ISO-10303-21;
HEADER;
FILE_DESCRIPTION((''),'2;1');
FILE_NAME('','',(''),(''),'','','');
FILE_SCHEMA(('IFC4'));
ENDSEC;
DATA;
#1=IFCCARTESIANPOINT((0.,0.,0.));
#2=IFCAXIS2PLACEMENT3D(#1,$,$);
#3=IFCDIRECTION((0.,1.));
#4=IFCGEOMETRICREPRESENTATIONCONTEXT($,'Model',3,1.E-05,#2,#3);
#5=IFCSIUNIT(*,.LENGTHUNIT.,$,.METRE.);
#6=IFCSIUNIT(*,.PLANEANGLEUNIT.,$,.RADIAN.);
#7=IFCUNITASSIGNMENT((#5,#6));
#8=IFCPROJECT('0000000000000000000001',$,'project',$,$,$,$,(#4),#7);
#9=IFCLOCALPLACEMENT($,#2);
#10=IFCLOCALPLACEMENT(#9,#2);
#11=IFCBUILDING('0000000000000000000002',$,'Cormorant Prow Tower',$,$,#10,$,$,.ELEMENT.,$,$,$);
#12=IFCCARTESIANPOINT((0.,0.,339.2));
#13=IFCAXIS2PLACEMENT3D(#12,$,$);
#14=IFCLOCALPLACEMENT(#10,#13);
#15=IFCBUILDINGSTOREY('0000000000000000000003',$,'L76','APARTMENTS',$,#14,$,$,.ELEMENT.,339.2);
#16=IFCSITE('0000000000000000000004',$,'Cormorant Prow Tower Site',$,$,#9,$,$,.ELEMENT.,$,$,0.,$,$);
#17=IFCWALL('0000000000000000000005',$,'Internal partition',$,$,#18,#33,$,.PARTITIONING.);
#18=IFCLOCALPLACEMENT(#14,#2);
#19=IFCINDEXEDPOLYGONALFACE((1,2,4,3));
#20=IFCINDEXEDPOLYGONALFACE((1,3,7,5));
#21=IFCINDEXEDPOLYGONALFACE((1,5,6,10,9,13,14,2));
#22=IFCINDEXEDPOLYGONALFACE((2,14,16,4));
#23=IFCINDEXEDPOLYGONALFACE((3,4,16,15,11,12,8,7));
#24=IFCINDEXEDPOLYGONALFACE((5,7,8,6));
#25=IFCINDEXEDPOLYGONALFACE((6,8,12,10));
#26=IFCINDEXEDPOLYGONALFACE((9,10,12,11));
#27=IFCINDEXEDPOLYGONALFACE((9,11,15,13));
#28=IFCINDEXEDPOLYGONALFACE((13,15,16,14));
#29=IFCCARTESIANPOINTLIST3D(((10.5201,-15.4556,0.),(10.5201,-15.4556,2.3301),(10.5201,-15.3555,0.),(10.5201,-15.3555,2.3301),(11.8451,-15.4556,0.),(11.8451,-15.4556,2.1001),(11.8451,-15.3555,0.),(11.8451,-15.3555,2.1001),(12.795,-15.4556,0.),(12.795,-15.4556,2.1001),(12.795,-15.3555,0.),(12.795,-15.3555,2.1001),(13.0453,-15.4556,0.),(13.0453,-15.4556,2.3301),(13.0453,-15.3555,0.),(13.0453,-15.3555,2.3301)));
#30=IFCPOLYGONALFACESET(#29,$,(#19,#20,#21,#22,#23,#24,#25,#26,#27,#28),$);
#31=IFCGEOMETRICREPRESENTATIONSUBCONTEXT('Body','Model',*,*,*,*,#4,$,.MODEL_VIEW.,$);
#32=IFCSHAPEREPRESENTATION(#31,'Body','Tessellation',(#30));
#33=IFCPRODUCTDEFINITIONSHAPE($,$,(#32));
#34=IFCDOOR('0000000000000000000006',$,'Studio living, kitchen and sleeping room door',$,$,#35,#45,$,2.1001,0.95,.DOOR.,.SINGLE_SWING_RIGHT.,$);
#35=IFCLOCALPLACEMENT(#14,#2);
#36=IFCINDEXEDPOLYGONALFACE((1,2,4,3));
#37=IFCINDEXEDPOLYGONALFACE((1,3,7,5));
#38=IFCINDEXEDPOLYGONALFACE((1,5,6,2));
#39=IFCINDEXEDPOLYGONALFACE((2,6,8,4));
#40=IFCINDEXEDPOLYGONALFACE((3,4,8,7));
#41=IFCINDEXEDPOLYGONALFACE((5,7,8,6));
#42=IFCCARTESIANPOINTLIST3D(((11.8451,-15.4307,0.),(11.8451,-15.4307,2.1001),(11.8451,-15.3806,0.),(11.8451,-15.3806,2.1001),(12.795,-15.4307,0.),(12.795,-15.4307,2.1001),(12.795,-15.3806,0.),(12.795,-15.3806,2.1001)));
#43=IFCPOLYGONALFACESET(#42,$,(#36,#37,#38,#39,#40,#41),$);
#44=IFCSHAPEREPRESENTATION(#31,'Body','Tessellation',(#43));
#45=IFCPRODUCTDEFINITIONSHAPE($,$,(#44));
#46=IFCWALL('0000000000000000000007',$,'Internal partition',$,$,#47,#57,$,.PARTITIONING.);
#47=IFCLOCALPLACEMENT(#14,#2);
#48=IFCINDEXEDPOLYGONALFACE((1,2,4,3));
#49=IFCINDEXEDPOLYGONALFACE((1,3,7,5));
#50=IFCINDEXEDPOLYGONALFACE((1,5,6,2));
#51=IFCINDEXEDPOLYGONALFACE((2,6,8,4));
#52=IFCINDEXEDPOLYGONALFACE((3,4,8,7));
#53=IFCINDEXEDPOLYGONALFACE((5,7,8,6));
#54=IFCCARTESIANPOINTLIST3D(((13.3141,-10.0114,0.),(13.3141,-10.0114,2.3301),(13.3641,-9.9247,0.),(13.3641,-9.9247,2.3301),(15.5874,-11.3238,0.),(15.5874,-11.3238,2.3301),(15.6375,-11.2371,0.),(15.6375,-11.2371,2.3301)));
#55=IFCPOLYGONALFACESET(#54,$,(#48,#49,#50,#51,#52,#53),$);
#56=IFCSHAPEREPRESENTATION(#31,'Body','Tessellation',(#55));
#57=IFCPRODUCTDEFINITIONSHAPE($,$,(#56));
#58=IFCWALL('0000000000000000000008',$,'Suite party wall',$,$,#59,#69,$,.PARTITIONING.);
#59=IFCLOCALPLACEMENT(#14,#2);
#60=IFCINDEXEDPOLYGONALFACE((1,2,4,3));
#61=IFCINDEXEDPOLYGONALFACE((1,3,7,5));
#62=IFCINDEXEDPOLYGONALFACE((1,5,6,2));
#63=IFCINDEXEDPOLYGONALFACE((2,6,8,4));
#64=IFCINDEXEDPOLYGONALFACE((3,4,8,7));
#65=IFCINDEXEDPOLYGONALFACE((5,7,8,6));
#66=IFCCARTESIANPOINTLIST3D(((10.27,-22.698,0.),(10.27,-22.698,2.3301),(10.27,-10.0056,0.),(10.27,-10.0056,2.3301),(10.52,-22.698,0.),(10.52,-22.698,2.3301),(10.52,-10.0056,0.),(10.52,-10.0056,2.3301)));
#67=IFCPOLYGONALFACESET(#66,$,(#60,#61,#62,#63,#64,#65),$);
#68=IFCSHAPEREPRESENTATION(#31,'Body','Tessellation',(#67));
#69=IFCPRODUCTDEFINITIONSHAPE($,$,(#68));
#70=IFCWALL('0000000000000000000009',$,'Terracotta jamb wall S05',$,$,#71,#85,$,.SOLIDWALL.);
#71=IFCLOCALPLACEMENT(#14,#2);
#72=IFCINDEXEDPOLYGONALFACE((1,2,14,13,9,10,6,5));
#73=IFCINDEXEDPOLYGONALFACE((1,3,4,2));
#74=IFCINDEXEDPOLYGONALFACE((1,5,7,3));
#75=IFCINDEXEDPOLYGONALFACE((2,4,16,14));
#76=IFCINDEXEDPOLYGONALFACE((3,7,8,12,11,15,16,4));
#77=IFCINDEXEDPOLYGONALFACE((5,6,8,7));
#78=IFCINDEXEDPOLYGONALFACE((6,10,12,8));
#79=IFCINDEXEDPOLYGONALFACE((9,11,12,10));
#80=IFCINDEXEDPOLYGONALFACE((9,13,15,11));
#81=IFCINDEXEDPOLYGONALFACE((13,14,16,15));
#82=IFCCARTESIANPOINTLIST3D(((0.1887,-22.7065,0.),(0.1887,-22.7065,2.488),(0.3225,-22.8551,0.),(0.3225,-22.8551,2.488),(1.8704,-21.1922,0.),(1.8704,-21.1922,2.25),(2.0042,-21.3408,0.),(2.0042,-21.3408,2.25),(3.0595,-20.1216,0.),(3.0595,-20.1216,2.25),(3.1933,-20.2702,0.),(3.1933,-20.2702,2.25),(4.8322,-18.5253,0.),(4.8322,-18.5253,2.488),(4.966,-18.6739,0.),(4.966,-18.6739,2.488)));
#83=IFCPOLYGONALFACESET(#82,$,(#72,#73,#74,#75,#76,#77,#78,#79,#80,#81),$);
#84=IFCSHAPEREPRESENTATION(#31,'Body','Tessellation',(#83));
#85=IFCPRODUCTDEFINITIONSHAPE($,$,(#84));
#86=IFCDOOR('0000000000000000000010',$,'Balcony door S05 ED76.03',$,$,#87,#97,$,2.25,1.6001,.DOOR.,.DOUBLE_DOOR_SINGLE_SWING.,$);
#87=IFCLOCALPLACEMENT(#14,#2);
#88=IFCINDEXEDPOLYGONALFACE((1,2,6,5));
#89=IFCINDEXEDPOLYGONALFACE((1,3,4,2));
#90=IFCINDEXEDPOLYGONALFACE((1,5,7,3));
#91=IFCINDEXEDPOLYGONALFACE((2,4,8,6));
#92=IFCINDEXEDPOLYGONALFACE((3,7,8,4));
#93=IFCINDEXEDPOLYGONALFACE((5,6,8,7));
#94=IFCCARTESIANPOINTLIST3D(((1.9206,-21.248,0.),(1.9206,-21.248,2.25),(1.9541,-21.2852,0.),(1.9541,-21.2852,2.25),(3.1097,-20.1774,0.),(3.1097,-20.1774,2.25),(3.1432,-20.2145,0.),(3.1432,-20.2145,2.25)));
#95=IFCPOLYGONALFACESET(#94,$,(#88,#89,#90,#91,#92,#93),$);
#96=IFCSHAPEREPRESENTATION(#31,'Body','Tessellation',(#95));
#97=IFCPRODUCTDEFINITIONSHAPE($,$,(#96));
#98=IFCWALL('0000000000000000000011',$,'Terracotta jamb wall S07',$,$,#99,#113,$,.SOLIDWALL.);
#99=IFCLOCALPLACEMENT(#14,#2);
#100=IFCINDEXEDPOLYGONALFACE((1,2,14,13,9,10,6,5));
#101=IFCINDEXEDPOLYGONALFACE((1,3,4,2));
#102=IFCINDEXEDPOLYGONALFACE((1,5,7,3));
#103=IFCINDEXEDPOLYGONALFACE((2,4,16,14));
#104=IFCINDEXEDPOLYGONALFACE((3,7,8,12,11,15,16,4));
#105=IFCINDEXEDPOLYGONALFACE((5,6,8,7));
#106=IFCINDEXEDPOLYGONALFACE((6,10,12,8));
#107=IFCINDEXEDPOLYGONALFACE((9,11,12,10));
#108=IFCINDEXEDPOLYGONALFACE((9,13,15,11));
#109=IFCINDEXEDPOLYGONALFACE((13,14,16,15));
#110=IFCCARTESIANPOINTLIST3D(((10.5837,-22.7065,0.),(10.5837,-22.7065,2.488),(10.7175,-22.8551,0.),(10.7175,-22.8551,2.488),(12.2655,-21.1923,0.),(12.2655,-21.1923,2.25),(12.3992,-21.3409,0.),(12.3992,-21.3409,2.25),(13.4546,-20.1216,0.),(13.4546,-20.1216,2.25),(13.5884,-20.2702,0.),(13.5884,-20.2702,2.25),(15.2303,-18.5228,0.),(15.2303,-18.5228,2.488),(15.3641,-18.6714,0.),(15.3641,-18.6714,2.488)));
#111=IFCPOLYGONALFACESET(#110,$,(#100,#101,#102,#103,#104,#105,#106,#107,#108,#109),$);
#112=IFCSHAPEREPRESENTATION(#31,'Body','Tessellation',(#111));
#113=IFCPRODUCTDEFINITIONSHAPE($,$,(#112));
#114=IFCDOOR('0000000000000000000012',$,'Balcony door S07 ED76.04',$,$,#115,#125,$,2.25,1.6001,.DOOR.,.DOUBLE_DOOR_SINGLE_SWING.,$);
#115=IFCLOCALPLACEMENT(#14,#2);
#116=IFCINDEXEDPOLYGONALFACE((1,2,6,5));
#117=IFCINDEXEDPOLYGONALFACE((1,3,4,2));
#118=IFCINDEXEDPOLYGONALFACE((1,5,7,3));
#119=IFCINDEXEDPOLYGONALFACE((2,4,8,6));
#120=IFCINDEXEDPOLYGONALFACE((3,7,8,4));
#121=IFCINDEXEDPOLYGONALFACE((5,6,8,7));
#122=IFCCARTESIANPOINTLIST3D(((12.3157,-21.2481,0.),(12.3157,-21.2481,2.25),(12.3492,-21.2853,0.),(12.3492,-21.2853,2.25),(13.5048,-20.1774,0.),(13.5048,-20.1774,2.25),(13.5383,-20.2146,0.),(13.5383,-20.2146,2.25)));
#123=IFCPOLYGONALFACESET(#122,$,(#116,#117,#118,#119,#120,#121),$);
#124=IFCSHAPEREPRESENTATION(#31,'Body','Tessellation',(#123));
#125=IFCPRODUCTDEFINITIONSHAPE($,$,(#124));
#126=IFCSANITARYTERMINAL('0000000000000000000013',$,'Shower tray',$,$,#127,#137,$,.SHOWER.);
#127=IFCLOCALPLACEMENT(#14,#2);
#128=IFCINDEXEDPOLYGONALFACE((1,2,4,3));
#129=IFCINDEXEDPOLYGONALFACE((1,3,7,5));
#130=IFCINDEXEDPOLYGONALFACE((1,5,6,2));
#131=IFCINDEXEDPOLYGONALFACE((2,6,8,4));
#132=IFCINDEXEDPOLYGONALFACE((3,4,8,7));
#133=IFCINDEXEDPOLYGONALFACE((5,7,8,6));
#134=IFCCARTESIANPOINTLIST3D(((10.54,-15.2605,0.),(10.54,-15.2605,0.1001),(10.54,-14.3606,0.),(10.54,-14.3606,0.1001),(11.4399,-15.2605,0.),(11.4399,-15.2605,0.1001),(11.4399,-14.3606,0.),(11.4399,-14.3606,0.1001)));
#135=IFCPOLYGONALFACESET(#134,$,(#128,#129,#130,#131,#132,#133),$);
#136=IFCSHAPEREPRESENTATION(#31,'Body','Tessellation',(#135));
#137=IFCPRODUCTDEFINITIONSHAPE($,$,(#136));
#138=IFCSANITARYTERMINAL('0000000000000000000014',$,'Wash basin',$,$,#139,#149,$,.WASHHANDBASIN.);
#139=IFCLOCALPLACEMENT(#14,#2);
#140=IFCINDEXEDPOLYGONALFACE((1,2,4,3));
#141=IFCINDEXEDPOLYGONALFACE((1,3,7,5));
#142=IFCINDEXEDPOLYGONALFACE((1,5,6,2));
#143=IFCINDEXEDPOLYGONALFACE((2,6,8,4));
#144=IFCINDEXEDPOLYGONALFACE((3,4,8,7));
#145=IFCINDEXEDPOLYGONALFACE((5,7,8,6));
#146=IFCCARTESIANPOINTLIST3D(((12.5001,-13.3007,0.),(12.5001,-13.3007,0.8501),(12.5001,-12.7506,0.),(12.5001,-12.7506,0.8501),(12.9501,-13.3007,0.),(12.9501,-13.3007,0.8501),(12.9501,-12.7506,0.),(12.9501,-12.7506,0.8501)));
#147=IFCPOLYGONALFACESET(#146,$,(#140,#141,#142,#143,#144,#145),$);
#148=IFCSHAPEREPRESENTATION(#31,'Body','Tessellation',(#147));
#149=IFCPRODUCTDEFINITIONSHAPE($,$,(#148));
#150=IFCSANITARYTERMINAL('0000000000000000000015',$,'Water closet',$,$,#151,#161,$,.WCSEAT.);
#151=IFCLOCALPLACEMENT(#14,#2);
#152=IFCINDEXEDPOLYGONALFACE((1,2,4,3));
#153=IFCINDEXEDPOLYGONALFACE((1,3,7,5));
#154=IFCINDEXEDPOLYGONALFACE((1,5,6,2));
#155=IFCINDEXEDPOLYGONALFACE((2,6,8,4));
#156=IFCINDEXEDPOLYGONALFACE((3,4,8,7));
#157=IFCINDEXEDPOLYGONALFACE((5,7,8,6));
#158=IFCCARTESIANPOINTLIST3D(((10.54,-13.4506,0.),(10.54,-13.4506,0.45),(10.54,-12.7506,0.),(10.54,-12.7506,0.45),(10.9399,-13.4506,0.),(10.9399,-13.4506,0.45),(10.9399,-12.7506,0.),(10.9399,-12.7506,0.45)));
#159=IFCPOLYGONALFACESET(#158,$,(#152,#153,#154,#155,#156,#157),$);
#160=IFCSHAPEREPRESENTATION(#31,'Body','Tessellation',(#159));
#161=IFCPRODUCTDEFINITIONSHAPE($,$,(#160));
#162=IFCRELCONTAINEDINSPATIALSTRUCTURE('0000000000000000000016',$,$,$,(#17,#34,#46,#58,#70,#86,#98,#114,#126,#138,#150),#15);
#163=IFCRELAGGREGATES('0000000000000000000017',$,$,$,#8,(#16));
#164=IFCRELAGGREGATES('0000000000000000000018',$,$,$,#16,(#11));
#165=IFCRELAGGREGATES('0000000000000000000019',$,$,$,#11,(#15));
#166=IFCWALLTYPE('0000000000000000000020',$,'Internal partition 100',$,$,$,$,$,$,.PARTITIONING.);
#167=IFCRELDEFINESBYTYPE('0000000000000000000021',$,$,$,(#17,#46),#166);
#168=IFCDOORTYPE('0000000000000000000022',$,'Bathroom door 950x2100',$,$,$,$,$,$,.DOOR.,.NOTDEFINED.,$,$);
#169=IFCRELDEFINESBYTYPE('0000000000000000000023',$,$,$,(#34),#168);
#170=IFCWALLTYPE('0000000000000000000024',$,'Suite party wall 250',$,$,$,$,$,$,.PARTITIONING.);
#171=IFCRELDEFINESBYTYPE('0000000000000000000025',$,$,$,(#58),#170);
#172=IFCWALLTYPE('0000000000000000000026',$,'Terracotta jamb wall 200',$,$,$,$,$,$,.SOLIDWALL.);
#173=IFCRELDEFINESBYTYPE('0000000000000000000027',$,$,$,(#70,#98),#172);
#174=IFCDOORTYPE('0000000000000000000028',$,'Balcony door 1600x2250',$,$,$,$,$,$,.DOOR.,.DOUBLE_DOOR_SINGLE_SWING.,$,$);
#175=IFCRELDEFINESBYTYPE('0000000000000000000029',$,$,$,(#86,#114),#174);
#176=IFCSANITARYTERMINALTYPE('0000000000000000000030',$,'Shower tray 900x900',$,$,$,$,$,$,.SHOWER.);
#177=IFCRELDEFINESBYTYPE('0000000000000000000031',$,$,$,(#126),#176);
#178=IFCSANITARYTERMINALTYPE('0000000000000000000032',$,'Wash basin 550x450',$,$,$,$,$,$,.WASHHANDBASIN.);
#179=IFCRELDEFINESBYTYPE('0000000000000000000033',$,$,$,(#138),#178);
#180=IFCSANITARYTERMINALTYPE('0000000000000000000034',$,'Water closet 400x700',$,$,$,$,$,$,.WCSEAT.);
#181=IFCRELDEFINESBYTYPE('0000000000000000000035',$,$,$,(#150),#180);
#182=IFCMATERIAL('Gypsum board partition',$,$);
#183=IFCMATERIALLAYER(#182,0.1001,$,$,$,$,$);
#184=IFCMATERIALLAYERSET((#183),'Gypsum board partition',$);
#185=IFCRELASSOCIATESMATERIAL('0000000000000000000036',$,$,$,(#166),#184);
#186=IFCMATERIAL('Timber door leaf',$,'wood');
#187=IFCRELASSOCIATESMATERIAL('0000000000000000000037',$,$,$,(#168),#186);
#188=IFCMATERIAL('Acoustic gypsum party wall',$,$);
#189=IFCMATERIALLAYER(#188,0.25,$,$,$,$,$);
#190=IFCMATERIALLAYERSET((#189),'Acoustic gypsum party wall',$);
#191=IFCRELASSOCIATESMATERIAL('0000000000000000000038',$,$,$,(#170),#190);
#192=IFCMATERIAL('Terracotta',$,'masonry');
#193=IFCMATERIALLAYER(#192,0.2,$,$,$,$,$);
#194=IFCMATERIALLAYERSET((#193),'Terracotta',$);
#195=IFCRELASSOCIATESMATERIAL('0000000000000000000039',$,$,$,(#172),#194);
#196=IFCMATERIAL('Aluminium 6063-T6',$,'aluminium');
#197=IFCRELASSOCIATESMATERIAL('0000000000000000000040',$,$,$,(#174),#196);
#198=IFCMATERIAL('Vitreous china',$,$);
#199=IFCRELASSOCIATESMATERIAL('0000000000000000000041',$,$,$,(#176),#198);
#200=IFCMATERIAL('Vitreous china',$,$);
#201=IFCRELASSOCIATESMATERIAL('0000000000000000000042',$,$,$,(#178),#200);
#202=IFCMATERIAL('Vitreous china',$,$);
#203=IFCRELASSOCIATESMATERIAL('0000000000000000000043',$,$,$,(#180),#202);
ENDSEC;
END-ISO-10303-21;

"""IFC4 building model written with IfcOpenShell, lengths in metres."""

from ifc_helpers import new_model, si_unit, direction, frame, frame_2d, origin, origin_2d, place, context, subcontext, project, spatial, rectangle, extrude, material, layer, layer_set, type_object, element, fill, save


model = new_model("IFC4")

# Units and contexts
model_context = context("Model", 3, precision=1e-05, world=origin(), true_north=direction((0.0, 1.0)))
body_context = subcontext(model_context, "Body", "Model", "MODEL_VIEW")
ifc_project = project(units=[si_unit("LENGTHUNIT", "METRE"), si_unit("PLANEANGLEUNIT", "RADIAN")], contexts=[model_context])

# Site, building, storey
site_placement = place(None, origin())
site = spatial("IfcSite", under=ifc_project, at=site_placement, Name="Cormorant Prow Tower Site", CompositionType="ELEMENT", RefElevation=0.0)
building_placement = place(site_placement, origin())
building = spatial("IfcBuilding", under=site, at=building_placement, Name="Cormorant Prow Tower", CompositionType="ELEMENT")
storey_placement = place(building_placement, frame((0.0, 0.0, 339.2)))
storey = spatial("IfcBuildingStorey", under=building, at=storey_placement, Name="L76", Description="APARTMENTS", CompositionType="ELEMENT", Elevation=339.2)

# Shared definitions
ifc_material_1 = material(Name="Gypsum board partition")
ifc_layer_1 = layer(ifc_material_1, 0.1001)
ifc_layer_set_1 = layer_set([ifc_layer_1], Name="Gypsum board partition")
wall_type_1 = type_object("IfcWallType", Name="Internal partition 100", PredefinedType="PARTITIONING", material=ifc_layer_set_1)
ifc_material_2 = material(Name="Timber door leaf", Category="wood")
door_type_1 = type_object("IfcDoorType", Name="Bathroom door 950x2100", OperationType="NOTDEFINED", PredefinedType="DOOR", material=ifc_material_2)

# Wall, opening, door
wall_1_placement = place(storey_placement, frame((10.52, -15.4055, 0.0), z_axis=(0.0, 0.0, 1.0), x_axis=(1.0, 0.0, 0.0)))
wall_1 = element("IfcWall", 1, at=wall_1_placement, inside=storey, type_object=wall_type_1, Name="Internal partition", PredefinedType="PARTITIONING", context=body_context, shape_type="SweptSolid", body=[
    extrude(rectangle(XDim=2.5251, YDim=0.1001, at=frame_2d((1.2627, 0.0))), origin(), (0.0, 0.0, 1.0), 2.3301),
])
opening_1_placement = place(wall_1_placement, frame((1.325, 0.0, 0.0)))
opening_1 = element("IfcOpeningElement", 2, at=opening_1_placement, cuts=wall_1, PredefinedType="OPENING", context=body_context, shape_type="SweptSolid", body=[
    extrude(rectangle(XDim=0.95, YDim=2.1001, at=frame_2d((0.4751, 1.05))), frame((0.0, 0.0601, 0.0), z_axis=(0.0, -1.0, 0.0), x_axis=(1.0, 0.0, 0.0)), (0.0, 0.0, 1.0), 0.1201),
])
door_1_placement = place(opening_1_placement, origin())
door_1 = element("IfcDoor", 3, at=door_1_placement, inside=storey, type_object=door_type_1, Name="Studio living, kitchen and sleeping room door", OperationType="SINGLE_SWING_RIGHT", OverallHeight=2.1001, OverallWidth=0.95, PredefinedType="DOOR", context=body_context, shape_type="SweptSolid", body=[
    extrude(rectangle(XDim=0.95, YDim=2.1001, at=frame_2d((0.4751, 1.05))), frame((0.0, 0.0249, 0.0), z_axis=(0.0, -1.0, 0.0), x_axis=(1.0, 0.0, 0.0)), (0.0, 0.0, 1.0), 0.05),
])
fill(opening_1, door_1)

# Walls
wall_2_placement = place(storey_placement, frame((13.3391, -9.968, 0.0), z_axis=(0.0, 0.0, 1.0), x_axis=(0.866037, -0.49998, 0.0)))
element("IfcWall", 4, at=wall_2_placement, inside=storey, type_object=wall_type_1, Name="Internal partition", PredefinedType="PARTITIONING", context=body_context, shape_type="SweptSolid", body=[
    extrude(rectangle(XDim=2.625, YDim=0.1001, at=frame_2d((1.3125, 0.0))), origin(), (0.0, 0.0, 1.0), 2.3301),
])
ifc_material_3 = material(Name="Acoustic gypsum party wall")
ifc_layer_2 = layer(ifc_material_3, 0.25)
ifc_layer_set_2 = layer_set([ifc_layer_2], Name="Acoustic gypsum party wall")
wall_type_2 = type_object("IfcWallType", Name="Suite party wall 250", PredefinedType="PARTITIONING", material=ifc_layer_set_2)
wall_3_placement = place(storey_placement, frame((10.395, -22.698, 0.0), z_axis=(0.0, 0.0, 1.0), x_axis=(0.0, 1.0, 0.0)))
element("IfcWall", 5, at=wall_3_placement, inside=storey, type_object=wall_type_2, Name="Suite party wall", PredefinedType="PARTITIONING", context=body_context, shape_type="SweptSolid", body=[
    extrude(rectangle(XDim=12.6924, YDim=0.25, at=frame_2d((6.3462, 0.0))), origin(), (0.0, 0.0, 1.0), 2.3301),
])

# Walls, openings, doors
ifc_material_4 = material(Name="Terracotta", Category="masonry")
ifc_layer_3 = layer(ifc_material_4, 0.2)
ifc_layer_set_3 = layer_set([ifc_layer_3], Name="Terracotta")
wall_type_3 = type_object("IfcWallType", Name="Terracotta jamb wall 200", PredefinedType="SOLIDWALL", material=ifc_layer_set_3)
wall_4_placement = place(storey_placement, frame((0.2556, -22.7808, 0.0), z_axis=(0.0, 0.0, 1.0), x_axis=(0.743139, 0.669137, 0.0)))
wall_4 = element("IfcWall", 6, at=wall_4_placement, inside=storey, type_object=wall_type_3, Name="Terracotta jamb wall S05", PredefinedType="SOLIDWALL", context=body_context, shape_type="SweptSolid", body=[
    extrude(rectangle(XDim=6.2485, YDim=0.2, at=frame_2d((3.1243, 0.0))), origin(), (0.0, 0.0, 1.0), 2.488),
])
opening_2_placement = place(wall_4_placement, frame((2.2629, 0.0, 0.0)))
opening_2 = element("IfcOpeningElement", 7, at=opening_2_placement, cuts=wall_4, PredefinedType="OPENING", context=body_context, shape_type="SweptSolid", body=[
    extrude(rectangle(XDim=1.6001, YDim=2.25, at=frame_2d((0.8, 1.125))), frame((0.0, 0.1099, 0.0), z_axis=(0.0, -1.0, 0.0), x_axis=(1.0, 0.0, 0.0)), (0.0, 0.0, 1.0), 0.22),
])
ifc_material_5 = material(Name="Aluminium 6063-T6", Category="aluminium")
door_type_2 = type_object("IfcDoorType", Name="Balcony door 1600x2250", OperationType="DOUBLE_DOOR_SINGLE_SWING", PredefinedType="DOOR", material=ifc_material_5)
door_2_placement = place(opening_2_placement, origin())
door_2 = element("IfcDoor", 8, at=door_2_placement, inside=storey, type_object=door_type_2, Name="Balcony door S05 ED76.03", OperationType="DOUBLE_DOOR_SINGLE_SWING", OverallHeight=2.25, OverallWidth=1.6001, PredefinedType="DOOR", context=body_context, shape_type="SweptSolid", body=[
    extrude(rectangle(XDim=1.6001, YDim=2.25, at=frame_2d((0.8, 1.125))), frame((0.0, 0.0249, 0.0), z_axis=(0.0, -1.0, 0.0), x_axis=(1.0, 0.0, 0.0)), (0.0, 0.0, 1.0), 0.05),
])
fill(opening_2, door_2)
wall_5_placement = place(storey_placement, frame((10.6506, -22.7808, 0.0), z_axis=(0.0, 0.0, 1.0), x_axis=(0.743154, 0.66912, 0.0)))
wall_5 = element("IfcWall", 9, at=wall_5_placement, inside=storey, type_object=wall_type_3, Name="Terracotta jamb wall S07", PredefinedType="SOLIDWALL", context=body_context, shape_type="SweptSolid", body=[
    extrude(rectangle(XDim=6.2524, YDim=0.2, at=frame_2d((3.1262, 0.0))), origin(), (0.0, 0.0, 1.0), 2.488),
])
opening_3_placement = place(wall_5_placement, frame((2.2629, 0.0, 0.0)))
opening_3 = element("IfcOpeningElement", 10, at=opening_3_placement, cuts=wall_5, PredefinedType="OPENING", context=body_context, shape_type="SweptSolid", body=[
    extrude(rectangle(XDim=1.6001, YDim=2.25, at=frame_2d((0.8, 1.125))), frame((0.0, 0.1099, 0.0), z_axis=(0.0, -1.0, 0.0), x_axis=(1.0, 0.0, 0.0)), (0.0, 0.0, 1.0), 0.22),
])
door_3_placement = place(opening_3_placement, origin())
door_3 = element("IfcDoor", 11, at=door_3_placement, inside=storey, type_object=door_type_2, Name="Balcony door S07 ED76.04", OperationType="DOUBLE_DOOR_SINGLE_SWING", OverallHeight=2.25, OverallWidth=1.6001, PredefinedType="DOOR", context=body_context, shape_type="SweptSolid", body=[
    extrude(rectangle(XDim=1.6001, YDim=2.25, at=frame_2d((0.8, 1.125))), frame((0.0, 0.0249, 0.0), z_axis=(0.0, -1.0, 0.0), x_axis=(1.0, 0.0, 0.0)), (0.0, 0.0, 1.0), 0.05),
])
fill(opening_3, door_3)

# Sanitary terminals
ifc_material_6 = material(Name="Vitreous china")
sanitary_terminal_type_1 = type_object("IfcSanitaryTerminalType", Name="Shower tray 900x900", PredefinedType="SHOWER", material=ifc_material_6)
sanitary_terminal_1_placement = place(storey_placement, frame((10.99, -14.8105, 0.0), z_axis=(0.0, 0.0, 1.0), x_axis=(0.0, 1.0, 0.0)))
element("IfcSanitaryTerminal", 12, at=sanitary_terminal_1_placement, inside=storey, type_object=sanitary_terminal_type_1, Name="Shower tray", PredefinedType="SHOWER", context=body_context, shape_type="SweptSolid", body=[
    extrude(rectangle(XDim=0.8999, YDim=0.8999, at=origin_2d()), origin(), (0.0, 0.0, 1.0), 0.1001),
])
ifc_material_7 = material(Name="Vitreous china")
sanitary_terminal_type_2 = type_object("IfcSanitaryTerminalType", Name="Wash basin 550x450", PredefinedType="WASHHANDBASIN", material=ifc_material_7)
sanitary_terminal_2_placement = place(storey_placement, frame((12.7251, -13.0256, 0.0), z_axis=(0.0, 0.0, 1.0), x_axis=(0.0, -1.0, 0.0)))
element("IfcSanitaryTerminal", 13, at=sanitary_terminal_2_placement, inside=storey, type_object=sanitary_terminal_type_2, Name="Wash basin", PredefinedType="WASHHANDBASIN", context=body_context, shape_type="SweptSolid", body=[
    extrude(rectangle(XDim=0.55, YDim=0.45, at=origin_2d()), origin(), (0.0, 0.0, 1.0), 0.8501),
])
ifc_material_8 = material(Name="Vitreous china")
sanitary_terminal_type_3 = type_object("IfcSanitaryTerminalType", Name="Water closet 400x700", PredefinedType="WCSEAT", material=ifc_material_8)
sanitary_terminal_3_placement = place(storey_placement, frame((10.74, -13.1006, 0.0), z_axis=(0.0, 0.0, 1.0), x_axis=(1.0, 0.0, 0.0)))
element("IfcSanitaryTerminal", 14, at=sanitary_terminal_3_placement, inside=storey, type_object=sanitary_terminal_type_3, Name="Water closet", PredefinedType="WCSEAT", context=body_context, shape_type="SweptSolid", body=[
    extrude(rectangle(XDim=0.3999, YDim=0.7, at=origin_2d()), origin(), (0.0, 0.0, 1.0), 0.45),
])

save(model, "model.ifc")
